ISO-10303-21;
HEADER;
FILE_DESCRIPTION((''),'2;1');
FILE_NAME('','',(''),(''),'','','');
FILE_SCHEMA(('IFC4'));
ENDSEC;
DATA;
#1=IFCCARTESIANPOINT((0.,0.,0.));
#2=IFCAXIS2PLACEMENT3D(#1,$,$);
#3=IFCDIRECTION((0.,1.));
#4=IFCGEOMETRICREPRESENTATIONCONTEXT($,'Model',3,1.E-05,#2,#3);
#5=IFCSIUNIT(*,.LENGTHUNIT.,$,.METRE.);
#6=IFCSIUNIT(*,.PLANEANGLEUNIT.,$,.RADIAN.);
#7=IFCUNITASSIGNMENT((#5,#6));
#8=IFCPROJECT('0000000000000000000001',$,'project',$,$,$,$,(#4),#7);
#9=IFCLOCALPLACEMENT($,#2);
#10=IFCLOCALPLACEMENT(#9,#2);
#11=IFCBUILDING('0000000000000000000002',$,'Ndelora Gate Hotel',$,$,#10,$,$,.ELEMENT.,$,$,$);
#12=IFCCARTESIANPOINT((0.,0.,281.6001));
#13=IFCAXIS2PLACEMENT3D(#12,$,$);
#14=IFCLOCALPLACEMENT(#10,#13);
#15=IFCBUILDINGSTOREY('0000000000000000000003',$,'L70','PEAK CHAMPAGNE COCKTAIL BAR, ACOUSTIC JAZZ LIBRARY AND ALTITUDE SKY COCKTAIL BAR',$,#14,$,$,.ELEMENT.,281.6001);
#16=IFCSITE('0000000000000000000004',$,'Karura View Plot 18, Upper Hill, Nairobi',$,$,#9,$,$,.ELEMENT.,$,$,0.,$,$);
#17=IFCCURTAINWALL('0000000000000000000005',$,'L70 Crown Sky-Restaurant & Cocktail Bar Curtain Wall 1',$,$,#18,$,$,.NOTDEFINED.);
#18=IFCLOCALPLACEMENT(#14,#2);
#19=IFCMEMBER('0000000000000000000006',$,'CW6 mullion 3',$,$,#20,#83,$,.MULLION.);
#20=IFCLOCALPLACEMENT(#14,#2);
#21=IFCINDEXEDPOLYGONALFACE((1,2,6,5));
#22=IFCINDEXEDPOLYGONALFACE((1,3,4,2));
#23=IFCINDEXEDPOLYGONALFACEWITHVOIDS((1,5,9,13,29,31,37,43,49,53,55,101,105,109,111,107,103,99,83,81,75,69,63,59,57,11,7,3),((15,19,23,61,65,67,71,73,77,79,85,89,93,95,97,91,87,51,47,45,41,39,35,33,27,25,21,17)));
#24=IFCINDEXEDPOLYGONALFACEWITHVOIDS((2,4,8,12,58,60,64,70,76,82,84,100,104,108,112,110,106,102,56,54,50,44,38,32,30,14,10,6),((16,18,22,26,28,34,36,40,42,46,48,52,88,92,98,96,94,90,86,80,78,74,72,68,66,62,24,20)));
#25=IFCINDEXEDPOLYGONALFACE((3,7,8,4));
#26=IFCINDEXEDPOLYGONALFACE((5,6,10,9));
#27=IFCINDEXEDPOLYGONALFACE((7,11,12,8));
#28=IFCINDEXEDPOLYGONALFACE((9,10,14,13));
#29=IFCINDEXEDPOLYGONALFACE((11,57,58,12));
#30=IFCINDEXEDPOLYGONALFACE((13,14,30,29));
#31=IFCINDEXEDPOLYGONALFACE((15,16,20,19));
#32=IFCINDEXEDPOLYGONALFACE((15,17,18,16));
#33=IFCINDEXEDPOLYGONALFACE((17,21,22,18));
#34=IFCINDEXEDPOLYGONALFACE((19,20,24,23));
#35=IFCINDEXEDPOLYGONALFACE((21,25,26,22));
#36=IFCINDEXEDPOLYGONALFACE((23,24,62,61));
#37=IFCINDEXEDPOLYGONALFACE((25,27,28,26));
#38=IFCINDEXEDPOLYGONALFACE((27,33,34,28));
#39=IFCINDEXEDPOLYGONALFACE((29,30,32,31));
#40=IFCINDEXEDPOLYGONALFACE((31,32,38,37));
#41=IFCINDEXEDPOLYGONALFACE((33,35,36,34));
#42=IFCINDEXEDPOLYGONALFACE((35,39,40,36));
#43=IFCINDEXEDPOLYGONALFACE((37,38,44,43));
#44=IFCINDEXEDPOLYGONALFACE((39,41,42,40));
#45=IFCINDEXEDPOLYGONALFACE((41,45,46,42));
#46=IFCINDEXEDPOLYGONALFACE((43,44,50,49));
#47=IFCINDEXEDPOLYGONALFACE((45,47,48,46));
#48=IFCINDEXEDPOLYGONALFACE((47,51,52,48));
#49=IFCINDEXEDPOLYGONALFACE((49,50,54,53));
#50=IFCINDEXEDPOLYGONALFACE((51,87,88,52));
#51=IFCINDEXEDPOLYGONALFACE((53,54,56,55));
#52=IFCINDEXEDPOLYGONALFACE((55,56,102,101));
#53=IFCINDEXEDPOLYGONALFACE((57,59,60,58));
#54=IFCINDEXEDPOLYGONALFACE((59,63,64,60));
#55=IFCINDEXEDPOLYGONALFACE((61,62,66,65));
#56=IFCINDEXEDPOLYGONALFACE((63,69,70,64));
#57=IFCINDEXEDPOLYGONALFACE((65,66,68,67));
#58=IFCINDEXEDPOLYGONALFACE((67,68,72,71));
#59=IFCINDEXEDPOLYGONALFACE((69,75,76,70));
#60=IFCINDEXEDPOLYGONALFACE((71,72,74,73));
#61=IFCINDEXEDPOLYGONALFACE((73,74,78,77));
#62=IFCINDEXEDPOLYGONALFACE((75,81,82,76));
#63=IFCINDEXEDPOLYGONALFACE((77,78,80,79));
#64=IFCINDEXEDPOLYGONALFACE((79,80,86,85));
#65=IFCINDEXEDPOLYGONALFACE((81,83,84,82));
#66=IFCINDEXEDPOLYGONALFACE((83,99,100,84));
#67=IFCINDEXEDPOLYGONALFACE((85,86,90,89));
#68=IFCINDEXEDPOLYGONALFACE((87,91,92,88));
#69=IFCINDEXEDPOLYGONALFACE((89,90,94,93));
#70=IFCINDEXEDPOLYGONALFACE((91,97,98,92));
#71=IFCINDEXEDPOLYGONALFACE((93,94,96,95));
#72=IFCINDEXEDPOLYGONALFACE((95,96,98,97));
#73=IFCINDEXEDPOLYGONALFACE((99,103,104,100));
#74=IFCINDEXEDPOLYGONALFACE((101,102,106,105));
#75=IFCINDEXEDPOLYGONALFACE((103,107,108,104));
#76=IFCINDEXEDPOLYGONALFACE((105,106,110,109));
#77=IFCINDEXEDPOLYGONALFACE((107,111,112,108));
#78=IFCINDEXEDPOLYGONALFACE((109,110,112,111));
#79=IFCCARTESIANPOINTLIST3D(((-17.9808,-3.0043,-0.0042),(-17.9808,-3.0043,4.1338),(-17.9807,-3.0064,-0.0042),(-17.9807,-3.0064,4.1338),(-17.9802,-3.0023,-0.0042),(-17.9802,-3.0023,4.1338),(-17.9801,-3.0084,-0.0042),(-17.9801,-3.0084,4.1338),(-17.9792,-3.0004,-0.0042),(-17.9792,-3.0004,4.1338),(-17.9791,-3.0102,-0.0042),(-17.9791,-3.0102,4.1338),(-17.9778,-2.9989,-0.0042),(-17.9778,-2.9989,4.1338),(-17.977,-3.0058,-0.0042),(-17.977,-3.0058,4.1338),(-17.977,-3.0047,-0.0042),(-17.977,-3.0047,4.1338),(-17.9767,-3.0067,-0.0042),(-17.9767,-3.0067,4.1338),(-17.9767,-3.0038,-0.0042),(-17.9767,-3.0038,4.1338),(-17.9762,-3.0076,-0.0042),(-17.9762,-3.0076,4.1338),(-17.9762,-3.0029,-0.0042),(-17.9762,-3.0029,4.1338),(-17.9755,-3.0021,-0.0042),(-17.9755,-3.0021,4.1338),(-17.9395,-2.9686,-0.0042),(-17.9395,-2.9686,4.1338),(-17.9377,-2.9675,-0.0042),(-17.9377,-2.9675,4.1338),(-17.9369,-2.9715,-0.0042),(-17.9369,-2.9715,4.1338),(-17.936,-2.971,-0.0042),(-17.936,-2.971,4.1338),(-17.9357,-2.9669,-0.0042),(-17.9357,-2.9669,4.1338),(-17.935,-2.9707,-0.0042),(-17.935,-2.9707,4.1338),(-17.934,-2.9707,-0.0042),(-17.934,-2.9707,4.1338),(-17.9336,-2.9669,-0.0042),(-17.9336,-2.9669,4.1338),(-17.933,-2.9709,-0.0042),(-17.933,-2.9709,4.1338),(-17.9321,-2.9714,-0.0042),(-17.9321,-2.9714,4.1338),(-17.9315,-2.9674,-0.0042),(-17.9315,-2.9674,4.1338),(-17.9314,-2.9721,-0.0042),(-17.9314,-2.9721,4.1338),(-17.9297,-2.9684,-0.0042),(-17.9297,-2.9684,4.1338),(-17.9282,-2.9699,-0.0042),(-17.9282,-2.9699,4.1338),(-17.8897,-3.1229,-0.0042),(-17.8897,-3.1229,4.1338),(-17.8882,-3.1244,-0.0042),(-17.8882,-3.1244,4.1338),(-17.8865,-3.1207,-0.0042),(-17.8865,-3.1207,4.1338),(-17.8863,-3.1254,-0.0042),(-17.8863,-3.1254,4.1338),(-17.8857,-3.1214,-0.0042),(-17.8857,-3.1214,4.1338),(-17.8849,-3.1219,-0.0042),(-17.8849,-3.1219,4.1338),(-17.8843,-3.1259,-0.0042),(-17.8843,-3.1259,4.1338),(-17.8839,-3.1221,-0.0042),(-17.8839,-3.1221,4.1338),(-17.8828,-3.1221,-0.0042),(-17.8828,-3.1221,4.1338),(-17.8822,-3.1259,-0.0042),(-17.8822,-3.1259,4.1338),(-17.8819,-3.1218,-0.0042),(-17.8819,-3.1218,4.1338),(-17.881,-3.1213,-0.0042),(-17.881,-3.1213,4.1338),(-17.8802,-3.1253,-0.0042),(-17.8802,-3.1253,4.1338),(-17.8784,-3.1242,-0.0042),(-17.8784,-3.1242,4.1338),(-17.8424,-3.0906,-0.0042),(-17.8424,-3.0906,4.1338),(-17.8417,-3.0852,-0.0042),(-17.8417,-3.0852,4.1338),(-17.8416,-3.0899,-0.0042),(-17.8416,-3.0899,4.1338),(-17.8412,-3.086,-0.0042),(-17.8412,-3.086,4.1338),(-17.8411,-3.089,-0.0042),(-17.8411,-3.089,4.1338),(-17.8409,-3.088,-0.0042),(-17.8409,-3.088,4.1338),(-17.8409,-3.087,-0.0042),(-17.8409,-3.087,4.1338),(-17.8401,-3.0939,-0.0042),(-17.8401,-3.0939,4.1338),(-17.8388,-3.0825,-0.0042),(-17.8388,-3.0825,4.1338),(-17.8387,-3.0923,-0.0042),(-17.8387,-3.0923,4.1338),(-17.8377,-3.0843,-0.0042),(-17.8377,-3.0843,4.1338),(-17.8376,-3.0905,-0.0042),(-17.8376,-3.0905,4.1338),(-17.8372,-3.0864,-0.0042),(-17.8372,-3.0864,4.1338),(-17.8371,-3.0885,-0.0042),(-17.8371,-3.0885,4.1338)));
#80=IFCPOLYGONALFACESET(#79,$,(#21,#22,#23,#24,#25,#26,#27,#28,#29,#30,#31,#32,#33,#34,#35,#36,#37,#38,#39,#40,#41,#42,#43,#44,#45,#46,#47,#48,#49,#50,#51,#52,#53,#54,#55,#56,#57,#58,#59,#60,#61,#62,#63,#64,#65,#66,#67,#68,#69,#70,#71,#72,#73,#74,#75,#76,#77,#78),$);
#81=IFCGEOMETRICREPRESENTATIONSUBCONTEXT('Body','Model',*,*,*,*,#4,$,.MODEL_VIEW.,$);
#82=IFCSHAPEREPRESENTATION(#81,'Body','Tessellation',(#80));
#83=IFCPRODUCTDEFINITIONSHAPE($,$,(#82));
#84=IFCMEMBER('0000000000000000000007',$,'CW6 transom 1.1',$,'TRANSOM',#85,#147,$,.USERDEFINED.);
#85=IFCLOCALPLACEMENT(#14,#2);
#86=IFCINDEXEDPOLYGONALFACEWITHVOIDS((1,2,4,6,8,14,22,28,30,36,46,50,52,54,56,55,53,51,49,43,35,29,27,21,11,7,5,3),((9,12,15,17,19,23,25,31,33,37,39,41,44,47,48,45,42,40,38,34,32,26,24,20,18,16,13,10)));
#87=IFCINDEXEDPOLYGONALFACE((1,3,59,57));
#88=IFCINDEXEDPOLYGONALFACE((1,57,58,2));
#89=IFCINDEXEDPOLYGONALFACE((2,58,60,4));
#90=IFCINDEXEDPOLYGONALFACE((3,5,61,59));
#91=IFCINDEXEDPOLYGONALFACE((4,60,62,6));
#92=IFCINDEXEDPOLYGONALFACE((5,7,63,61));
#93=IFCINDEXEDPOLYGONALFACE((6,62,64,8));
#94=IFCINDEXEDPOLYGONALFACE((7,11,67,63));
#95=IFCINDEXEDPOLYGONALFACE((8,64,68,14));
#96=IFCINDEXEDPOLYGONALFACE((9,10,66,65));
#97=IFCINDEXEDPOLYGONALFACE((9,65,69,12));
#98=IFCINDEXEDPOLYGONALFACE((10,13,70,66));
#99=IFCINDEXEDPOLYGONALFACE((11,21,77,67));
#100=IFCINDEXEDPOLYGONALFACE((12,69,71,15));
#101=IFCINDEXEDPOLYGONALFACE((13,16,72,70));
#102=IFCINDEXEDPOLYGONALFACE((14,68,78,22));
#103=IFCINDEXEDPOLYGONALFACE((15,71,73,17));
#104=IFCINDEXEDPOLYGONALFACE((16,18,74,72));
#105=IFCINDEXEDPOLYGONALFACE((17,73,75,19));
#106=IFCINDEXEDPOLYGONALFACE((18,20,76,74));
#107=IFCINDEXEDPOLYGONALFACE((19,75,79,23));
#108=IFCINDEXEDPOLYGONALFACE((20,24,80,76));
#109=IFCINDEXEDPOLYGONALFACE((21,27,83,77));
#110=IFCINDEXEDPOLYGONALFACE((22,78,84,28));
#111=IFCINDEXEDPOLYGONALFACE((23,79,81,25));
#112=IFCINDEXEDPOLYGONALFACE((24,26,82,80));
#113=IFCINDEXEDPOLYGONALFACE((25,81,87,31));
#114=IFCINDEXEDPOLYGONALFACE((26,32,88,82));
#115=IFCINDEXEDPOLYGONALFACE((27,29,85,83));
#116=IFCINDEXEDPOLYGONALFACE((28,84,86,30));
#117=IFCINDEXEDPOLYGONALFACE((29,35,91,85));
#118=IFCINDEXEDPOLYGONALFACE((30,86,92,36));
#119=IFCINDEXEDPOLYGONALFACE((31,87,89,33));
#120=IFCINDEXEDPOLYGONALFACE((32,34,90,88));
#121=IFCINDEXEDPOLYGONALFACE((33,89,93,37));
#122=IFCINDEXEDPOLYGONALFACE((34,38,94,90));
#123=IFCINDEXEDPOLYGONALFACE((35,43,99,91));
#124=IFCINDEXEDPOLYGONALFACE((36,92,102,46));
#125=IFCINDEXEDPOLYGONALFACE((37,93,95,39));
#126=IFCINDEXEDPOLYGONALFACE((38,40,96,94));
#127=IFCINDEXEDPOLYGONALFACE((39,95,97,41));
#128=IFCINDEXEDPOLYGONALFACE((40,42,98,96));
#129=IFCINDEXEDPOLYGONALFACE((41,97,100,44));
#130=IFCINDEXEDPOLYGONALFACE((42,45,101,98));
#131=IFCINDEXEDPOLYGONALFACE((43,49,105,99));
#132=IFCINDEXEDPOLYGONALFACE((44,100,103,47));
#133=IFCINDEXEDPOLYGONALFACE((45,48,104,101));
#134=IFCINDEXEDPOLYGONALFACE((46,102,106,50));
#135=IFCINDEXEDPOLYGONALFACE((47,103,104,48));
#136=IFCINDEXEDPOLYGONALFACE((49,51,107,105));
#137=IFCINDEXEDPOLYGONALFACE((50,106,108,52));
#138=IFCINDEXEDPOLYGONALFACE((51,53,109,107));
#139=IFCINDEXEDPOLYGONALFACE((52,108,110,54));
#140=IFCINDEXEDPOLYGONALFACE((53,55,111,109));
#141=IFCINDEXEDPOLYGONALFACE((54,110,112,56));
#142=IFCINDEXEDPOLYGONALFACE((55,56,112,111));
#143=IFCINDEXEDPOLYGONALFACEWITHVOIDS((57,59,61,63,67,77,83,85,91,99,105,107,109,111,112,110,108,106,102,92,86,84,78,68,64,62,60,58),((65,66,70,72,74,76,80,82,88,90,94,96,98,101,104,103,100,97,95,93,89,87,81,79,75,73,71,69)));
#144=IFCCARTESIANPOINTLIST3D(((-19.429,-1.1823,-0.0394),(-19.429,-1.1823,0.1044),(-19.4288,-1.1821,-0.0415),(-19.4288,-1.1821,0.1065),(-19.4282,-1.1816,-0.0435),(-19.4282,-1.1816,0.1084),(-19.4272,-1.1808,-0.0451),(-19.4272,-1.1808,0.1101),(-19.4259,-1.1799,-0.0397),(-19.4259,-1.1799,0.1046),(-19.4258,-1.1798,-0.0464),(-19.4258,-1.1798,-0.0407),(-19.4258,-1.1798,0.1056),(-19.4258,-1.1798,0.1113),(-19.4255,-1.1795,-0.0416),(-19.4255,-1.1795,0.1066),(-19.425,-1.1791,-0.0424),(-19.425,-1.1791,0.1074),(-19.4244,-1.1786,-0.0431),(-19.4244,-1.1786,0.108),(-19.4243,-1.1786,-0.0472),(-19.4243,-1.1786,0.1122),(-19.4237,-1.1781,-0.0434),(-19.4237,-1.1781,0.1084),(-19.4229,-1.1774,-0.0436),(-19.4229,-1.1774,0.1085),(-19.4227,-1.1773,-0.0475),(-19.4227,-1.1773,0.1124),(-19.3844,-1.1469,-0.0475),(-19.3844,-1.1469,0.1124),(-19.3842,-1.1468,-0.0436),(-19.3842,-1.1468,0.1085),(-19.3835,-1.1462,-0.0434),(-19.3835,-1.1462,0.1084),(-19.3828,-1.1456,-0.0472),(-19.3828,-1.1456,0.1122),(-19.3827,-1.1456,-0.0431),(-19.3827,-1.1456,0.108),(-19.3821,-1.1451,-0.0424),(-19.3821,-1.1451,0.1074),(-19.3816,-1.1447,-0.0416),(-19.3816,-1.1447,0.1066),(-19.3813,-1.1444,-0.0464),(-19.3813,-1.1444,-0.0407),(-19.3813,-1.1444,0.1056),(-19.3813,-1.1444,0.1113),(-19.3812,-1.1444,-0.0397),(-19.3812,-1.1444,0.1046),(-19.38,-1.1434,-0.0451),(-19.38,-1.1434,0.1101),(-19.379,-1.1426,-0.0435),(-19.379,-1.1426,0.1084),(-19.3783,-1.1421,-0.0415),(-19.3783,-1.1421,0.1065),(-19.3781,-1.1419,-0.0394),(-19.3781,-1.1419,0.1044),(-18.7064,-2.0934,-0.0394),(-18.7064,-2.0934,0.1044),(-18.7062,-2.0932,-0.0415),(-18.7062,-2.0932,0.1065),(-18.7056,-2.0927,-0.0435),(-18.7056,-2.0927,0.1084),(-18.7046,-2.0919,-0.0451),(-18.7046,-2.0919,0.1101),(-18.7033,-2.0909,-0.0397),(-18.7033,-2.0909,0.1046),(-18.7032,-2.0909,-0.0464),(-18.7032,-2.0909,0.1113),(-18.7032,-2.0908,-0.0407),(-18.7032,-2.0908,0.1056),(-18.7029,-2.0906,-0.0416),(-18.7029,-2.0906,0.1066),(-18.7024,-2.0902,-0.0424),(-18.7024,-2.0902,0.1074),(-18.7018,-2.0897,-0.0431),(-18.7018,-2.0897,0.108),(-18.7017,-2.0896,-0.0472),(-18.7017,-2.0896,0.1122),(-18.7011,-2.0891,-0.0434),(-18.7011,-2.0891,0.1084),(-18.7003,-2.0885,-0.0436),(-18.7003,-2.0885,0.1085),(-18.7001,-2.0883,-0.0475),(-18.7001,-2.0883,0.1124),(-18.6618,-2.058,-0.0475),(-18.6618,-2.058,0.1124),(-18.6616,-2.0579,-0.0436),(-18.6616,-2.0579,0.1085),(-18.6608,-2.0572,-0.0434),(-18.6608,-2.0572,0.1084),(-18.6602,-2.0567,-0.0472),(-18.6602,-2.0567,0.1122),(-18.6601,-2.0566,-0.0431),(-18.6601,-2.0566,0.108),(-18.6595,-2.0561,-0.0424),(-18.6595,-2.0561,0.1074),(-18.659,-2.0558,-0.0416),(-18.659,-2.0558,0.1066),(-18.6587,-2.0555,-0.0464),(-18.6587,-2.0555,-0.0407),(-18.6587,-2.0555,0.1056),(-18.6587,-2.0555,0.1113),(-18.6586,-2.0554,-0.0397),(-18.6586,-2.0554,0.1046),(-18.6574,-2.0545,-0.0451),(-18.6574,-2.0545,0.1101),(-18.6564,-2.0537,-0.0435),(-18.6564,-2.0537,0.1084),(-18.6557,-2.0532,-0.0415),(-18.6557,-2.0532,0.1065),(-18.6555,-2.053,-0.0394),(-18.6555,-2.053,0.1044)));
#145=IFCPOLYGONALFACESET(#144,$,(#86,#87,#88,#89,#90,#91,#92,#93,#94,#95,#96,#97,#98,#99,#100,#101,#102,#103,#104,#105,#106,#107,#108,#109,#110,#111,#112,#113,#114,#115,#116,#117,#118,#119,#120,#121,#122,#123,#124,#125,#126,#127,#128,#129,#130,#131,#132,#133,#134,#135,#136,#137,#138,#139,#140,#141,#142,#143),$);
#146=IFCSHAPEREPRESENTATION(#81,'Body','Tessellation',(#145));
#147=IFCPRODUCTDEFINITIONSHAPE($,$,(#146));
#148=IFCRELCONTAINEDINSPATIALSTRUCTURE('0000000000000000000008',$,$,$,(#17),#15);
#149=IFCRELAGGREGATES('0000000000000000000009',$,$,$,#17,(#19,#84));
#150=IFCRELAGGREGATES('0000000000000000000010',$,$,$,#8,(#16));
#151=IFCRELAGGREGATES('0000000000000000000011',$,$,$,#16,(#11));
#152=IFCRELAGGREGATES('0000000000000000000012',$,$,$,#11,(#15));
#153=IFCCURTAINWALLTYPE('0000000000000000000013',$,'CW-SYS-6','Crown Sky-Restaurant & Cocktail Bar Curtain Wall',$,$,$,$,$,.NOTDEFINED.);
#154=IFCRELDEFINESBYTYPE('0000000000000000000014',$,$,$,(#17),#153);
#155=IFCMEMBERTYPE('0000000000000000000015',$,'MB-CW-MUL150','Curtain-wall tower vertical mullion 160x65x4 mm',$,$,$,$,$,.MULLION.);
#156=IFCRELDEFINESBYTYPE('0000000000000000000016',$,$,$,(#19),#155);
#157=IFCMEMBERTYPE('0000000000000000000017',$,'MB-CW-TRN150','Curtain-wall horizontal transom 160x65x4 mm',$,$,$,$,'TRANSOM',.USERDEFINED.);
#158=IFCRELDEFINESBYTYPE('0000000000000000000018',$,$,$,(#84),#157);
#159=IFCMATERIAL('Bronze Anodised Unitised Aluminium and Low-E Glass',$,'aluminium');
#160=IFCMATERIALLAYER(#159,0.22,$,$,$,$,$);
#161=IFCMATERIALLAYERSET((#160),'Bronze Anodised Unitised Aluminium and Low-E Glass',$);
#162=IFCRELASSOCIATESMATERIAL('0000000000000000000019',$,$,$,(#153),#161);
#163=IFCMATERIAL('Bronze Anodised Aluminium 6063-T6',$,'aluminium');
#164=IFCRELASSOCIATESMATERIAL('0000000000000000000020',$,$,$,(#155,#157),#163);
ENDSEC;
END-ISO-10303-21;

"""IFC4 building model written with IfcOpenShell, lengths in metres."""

from ifc_helpers import new_model, si_unit, direction, frame, origin, origin_2d, place, context, subcontext, project, spatial, hollow_rectangle, extrude, material, layer, layer_set, material_profile, profile_set, type_object, element, aggregate, save


model = new_model("IFC4")

# Units and contexts
model_context = context("Model", 3, precision=1e-05, world=origin(), true_north=direction((0.0, 1.0)))
body_context = subcontext(model_context, "Body", "Model", "MODEL_VIEW")
ifc_project = project(units=[si_unit("LENGTHUNIT", "METRE"), si_unit("PLANEANGLEUNIT", "RADIAN")], contexts=[model_context])

# Site, building, storey
site_placement = place(None, origin())
site = spatial("IfcSite", under=ifc_project, at=site_placement, Name="Karura View Plot 18, Upper Hill, Nairobi", CompositionType="ELEMENT", RefElevation=0.0)
building_placement = place(site_placement, origin())
building = spatial("IfcBuilding", under=site, at=building_placement, Name="Ndelora Gate Hotel", CompositionType="ELEMENT")
storey_placement = place(building_placement, frame((0.0, 0.0, 281.6001)))
storey = spatial("IfcBuildingStorey", under=building, at=storey_placement, Name="L70", Description="PEAK CHAMPAGNE COCKTAIL BAR, ACOUSTIC JAZZ LIBRARY AND ALTITUDE SKY COCKTAIL BAR", CompositionType="ELEMENT", Elevation=281.6001)

# Curtain wall, members
ifc_material_1 = material(Name="Bronze Anodised Unitised Aluminium and Low-E Glass", Category="aluminium")
ifc_layer_1 = layer(ifc_material_1, 0.22)
ifc_layer_set_1 = layer_set([ifc_layer_1], Name="Bronze Anodised Unitised Aluminium and Low-E Glass")
curtain_wall_type = type_object("IfcCurtainWallType", Name="CW-SYS-6", Description="Crown Sky-Restaurant & Cocktail Bar Curtain Wall", PredefinedType="NOTDEFINED", material=ifc_layer_set_1)
curtain_wall_placement = place(storey_placement, origin())
curtain_wall = element("IfcCurtainWall", 1, at=curtain_wall_placement, inside=storey, type_object=curtain_wall_type, Name="L70 Crown Sky-Restaurant & Cocktail Bar Curtain Wall 1", PredefinedType="NOTDEFINED")
ifc_material_2 = material(Name="Bronze Anodised Aluminium 6063-T6", Category="aluminium")
ifc_material_profile_1 = material_profile(ifc_material_2, hollow_rectangle(XDim=0.0649, YDim=0.1599, WallThickness=0.0039, InnerFilletRadius=0.0039, OuterFilletRadius=0.0081, at=origin_2d()), Name="ALU 160x65x4")
ifc_profile_set_1 = profile_set([ifc_material_profile_1], Name="Bronze Anodised Aluminium 6063-T6")
member_type_1 = type_object("IfcMemberType", Name="MB-CW-MUL150", Description="Curtain-wall tower vertical mullion 160x65x4 mm", PredefinedType="MULLION", material=ifc_profile_set_1)
member_1_placement = place(storey_placement, frame((-17.9089, -3.0464, -0.0042), z_axis=(0.0, 0.0, 1.0), x_axis=(0.78341, 0.621505, 0.0)))
member_1 = element("IfcMember", 2, at=member_1_placement, type_object=member_type_1, Name="CW6 mullion 3", PredefinedType="MULLION", context=body_context, shape_type="SweptSolid", body=[
    extrude(hollow_rectangle(XDim=0.0649, YDim=0.1599, WallThickness=0.0039, InnerFilletRadius=0.0039, OuterFilletRadius=0.0081, at=origin_2d()), origin(), (0.0, 0.0, 1.0), 4.1379),
])
ifc_material_profile_2 = material_profile(ifc_material_2, hollow_rectangle(XDim=0.0649, YDim=0.1599, WallThickness=0.0039, InnerFilletRadius=0.0039, OuterFilletRadius=0.0081, at=origin_2d()), Name="ALU 160x65x4")
ifc_profile_set_2 = profile_set([ifc_material_profile_2], Name="Bronze Anodised Aluminium 6063-T6")
member_type_2 = type_object("IfcMemberType", Name="MB-CW-TRN150", Description="Curtain-wall horizontal transom 160x65x4 mm", ElementType="TRANSOM", PredefinedType="USERDEFINED", material=ifc_profile_set_2)
member_2_placement = place(storey_placement, frame((-19.4036, -1.1621, 0.0325), z_axis=(0.621412, -0.783484, 0.0), x_axis=(0.783484, 0.621412, 0.0)))
member_2 = element("IfcMember", 3, at=member_2_placement, type_object=member_type_2, Name="CW6 transom 1.1", ObjectType="TRANSOM", PredefinedType="USERDEFINED", context=body_context, shape_type="SweptSolid", body=[
    extrude(hollow_rectangle(XDim=0.0649, YDim=0.1599, WallThickness=0.0039, InnerFilletRadius=0.0039, OuterFilletRadius=0.0081, at=origin_2d()), origin(), (0.0, 0.0, 1.0), 1.1628),
])
aggregate(curtain_wall, [member_1, member_2])

save(model, "model.ifc")
